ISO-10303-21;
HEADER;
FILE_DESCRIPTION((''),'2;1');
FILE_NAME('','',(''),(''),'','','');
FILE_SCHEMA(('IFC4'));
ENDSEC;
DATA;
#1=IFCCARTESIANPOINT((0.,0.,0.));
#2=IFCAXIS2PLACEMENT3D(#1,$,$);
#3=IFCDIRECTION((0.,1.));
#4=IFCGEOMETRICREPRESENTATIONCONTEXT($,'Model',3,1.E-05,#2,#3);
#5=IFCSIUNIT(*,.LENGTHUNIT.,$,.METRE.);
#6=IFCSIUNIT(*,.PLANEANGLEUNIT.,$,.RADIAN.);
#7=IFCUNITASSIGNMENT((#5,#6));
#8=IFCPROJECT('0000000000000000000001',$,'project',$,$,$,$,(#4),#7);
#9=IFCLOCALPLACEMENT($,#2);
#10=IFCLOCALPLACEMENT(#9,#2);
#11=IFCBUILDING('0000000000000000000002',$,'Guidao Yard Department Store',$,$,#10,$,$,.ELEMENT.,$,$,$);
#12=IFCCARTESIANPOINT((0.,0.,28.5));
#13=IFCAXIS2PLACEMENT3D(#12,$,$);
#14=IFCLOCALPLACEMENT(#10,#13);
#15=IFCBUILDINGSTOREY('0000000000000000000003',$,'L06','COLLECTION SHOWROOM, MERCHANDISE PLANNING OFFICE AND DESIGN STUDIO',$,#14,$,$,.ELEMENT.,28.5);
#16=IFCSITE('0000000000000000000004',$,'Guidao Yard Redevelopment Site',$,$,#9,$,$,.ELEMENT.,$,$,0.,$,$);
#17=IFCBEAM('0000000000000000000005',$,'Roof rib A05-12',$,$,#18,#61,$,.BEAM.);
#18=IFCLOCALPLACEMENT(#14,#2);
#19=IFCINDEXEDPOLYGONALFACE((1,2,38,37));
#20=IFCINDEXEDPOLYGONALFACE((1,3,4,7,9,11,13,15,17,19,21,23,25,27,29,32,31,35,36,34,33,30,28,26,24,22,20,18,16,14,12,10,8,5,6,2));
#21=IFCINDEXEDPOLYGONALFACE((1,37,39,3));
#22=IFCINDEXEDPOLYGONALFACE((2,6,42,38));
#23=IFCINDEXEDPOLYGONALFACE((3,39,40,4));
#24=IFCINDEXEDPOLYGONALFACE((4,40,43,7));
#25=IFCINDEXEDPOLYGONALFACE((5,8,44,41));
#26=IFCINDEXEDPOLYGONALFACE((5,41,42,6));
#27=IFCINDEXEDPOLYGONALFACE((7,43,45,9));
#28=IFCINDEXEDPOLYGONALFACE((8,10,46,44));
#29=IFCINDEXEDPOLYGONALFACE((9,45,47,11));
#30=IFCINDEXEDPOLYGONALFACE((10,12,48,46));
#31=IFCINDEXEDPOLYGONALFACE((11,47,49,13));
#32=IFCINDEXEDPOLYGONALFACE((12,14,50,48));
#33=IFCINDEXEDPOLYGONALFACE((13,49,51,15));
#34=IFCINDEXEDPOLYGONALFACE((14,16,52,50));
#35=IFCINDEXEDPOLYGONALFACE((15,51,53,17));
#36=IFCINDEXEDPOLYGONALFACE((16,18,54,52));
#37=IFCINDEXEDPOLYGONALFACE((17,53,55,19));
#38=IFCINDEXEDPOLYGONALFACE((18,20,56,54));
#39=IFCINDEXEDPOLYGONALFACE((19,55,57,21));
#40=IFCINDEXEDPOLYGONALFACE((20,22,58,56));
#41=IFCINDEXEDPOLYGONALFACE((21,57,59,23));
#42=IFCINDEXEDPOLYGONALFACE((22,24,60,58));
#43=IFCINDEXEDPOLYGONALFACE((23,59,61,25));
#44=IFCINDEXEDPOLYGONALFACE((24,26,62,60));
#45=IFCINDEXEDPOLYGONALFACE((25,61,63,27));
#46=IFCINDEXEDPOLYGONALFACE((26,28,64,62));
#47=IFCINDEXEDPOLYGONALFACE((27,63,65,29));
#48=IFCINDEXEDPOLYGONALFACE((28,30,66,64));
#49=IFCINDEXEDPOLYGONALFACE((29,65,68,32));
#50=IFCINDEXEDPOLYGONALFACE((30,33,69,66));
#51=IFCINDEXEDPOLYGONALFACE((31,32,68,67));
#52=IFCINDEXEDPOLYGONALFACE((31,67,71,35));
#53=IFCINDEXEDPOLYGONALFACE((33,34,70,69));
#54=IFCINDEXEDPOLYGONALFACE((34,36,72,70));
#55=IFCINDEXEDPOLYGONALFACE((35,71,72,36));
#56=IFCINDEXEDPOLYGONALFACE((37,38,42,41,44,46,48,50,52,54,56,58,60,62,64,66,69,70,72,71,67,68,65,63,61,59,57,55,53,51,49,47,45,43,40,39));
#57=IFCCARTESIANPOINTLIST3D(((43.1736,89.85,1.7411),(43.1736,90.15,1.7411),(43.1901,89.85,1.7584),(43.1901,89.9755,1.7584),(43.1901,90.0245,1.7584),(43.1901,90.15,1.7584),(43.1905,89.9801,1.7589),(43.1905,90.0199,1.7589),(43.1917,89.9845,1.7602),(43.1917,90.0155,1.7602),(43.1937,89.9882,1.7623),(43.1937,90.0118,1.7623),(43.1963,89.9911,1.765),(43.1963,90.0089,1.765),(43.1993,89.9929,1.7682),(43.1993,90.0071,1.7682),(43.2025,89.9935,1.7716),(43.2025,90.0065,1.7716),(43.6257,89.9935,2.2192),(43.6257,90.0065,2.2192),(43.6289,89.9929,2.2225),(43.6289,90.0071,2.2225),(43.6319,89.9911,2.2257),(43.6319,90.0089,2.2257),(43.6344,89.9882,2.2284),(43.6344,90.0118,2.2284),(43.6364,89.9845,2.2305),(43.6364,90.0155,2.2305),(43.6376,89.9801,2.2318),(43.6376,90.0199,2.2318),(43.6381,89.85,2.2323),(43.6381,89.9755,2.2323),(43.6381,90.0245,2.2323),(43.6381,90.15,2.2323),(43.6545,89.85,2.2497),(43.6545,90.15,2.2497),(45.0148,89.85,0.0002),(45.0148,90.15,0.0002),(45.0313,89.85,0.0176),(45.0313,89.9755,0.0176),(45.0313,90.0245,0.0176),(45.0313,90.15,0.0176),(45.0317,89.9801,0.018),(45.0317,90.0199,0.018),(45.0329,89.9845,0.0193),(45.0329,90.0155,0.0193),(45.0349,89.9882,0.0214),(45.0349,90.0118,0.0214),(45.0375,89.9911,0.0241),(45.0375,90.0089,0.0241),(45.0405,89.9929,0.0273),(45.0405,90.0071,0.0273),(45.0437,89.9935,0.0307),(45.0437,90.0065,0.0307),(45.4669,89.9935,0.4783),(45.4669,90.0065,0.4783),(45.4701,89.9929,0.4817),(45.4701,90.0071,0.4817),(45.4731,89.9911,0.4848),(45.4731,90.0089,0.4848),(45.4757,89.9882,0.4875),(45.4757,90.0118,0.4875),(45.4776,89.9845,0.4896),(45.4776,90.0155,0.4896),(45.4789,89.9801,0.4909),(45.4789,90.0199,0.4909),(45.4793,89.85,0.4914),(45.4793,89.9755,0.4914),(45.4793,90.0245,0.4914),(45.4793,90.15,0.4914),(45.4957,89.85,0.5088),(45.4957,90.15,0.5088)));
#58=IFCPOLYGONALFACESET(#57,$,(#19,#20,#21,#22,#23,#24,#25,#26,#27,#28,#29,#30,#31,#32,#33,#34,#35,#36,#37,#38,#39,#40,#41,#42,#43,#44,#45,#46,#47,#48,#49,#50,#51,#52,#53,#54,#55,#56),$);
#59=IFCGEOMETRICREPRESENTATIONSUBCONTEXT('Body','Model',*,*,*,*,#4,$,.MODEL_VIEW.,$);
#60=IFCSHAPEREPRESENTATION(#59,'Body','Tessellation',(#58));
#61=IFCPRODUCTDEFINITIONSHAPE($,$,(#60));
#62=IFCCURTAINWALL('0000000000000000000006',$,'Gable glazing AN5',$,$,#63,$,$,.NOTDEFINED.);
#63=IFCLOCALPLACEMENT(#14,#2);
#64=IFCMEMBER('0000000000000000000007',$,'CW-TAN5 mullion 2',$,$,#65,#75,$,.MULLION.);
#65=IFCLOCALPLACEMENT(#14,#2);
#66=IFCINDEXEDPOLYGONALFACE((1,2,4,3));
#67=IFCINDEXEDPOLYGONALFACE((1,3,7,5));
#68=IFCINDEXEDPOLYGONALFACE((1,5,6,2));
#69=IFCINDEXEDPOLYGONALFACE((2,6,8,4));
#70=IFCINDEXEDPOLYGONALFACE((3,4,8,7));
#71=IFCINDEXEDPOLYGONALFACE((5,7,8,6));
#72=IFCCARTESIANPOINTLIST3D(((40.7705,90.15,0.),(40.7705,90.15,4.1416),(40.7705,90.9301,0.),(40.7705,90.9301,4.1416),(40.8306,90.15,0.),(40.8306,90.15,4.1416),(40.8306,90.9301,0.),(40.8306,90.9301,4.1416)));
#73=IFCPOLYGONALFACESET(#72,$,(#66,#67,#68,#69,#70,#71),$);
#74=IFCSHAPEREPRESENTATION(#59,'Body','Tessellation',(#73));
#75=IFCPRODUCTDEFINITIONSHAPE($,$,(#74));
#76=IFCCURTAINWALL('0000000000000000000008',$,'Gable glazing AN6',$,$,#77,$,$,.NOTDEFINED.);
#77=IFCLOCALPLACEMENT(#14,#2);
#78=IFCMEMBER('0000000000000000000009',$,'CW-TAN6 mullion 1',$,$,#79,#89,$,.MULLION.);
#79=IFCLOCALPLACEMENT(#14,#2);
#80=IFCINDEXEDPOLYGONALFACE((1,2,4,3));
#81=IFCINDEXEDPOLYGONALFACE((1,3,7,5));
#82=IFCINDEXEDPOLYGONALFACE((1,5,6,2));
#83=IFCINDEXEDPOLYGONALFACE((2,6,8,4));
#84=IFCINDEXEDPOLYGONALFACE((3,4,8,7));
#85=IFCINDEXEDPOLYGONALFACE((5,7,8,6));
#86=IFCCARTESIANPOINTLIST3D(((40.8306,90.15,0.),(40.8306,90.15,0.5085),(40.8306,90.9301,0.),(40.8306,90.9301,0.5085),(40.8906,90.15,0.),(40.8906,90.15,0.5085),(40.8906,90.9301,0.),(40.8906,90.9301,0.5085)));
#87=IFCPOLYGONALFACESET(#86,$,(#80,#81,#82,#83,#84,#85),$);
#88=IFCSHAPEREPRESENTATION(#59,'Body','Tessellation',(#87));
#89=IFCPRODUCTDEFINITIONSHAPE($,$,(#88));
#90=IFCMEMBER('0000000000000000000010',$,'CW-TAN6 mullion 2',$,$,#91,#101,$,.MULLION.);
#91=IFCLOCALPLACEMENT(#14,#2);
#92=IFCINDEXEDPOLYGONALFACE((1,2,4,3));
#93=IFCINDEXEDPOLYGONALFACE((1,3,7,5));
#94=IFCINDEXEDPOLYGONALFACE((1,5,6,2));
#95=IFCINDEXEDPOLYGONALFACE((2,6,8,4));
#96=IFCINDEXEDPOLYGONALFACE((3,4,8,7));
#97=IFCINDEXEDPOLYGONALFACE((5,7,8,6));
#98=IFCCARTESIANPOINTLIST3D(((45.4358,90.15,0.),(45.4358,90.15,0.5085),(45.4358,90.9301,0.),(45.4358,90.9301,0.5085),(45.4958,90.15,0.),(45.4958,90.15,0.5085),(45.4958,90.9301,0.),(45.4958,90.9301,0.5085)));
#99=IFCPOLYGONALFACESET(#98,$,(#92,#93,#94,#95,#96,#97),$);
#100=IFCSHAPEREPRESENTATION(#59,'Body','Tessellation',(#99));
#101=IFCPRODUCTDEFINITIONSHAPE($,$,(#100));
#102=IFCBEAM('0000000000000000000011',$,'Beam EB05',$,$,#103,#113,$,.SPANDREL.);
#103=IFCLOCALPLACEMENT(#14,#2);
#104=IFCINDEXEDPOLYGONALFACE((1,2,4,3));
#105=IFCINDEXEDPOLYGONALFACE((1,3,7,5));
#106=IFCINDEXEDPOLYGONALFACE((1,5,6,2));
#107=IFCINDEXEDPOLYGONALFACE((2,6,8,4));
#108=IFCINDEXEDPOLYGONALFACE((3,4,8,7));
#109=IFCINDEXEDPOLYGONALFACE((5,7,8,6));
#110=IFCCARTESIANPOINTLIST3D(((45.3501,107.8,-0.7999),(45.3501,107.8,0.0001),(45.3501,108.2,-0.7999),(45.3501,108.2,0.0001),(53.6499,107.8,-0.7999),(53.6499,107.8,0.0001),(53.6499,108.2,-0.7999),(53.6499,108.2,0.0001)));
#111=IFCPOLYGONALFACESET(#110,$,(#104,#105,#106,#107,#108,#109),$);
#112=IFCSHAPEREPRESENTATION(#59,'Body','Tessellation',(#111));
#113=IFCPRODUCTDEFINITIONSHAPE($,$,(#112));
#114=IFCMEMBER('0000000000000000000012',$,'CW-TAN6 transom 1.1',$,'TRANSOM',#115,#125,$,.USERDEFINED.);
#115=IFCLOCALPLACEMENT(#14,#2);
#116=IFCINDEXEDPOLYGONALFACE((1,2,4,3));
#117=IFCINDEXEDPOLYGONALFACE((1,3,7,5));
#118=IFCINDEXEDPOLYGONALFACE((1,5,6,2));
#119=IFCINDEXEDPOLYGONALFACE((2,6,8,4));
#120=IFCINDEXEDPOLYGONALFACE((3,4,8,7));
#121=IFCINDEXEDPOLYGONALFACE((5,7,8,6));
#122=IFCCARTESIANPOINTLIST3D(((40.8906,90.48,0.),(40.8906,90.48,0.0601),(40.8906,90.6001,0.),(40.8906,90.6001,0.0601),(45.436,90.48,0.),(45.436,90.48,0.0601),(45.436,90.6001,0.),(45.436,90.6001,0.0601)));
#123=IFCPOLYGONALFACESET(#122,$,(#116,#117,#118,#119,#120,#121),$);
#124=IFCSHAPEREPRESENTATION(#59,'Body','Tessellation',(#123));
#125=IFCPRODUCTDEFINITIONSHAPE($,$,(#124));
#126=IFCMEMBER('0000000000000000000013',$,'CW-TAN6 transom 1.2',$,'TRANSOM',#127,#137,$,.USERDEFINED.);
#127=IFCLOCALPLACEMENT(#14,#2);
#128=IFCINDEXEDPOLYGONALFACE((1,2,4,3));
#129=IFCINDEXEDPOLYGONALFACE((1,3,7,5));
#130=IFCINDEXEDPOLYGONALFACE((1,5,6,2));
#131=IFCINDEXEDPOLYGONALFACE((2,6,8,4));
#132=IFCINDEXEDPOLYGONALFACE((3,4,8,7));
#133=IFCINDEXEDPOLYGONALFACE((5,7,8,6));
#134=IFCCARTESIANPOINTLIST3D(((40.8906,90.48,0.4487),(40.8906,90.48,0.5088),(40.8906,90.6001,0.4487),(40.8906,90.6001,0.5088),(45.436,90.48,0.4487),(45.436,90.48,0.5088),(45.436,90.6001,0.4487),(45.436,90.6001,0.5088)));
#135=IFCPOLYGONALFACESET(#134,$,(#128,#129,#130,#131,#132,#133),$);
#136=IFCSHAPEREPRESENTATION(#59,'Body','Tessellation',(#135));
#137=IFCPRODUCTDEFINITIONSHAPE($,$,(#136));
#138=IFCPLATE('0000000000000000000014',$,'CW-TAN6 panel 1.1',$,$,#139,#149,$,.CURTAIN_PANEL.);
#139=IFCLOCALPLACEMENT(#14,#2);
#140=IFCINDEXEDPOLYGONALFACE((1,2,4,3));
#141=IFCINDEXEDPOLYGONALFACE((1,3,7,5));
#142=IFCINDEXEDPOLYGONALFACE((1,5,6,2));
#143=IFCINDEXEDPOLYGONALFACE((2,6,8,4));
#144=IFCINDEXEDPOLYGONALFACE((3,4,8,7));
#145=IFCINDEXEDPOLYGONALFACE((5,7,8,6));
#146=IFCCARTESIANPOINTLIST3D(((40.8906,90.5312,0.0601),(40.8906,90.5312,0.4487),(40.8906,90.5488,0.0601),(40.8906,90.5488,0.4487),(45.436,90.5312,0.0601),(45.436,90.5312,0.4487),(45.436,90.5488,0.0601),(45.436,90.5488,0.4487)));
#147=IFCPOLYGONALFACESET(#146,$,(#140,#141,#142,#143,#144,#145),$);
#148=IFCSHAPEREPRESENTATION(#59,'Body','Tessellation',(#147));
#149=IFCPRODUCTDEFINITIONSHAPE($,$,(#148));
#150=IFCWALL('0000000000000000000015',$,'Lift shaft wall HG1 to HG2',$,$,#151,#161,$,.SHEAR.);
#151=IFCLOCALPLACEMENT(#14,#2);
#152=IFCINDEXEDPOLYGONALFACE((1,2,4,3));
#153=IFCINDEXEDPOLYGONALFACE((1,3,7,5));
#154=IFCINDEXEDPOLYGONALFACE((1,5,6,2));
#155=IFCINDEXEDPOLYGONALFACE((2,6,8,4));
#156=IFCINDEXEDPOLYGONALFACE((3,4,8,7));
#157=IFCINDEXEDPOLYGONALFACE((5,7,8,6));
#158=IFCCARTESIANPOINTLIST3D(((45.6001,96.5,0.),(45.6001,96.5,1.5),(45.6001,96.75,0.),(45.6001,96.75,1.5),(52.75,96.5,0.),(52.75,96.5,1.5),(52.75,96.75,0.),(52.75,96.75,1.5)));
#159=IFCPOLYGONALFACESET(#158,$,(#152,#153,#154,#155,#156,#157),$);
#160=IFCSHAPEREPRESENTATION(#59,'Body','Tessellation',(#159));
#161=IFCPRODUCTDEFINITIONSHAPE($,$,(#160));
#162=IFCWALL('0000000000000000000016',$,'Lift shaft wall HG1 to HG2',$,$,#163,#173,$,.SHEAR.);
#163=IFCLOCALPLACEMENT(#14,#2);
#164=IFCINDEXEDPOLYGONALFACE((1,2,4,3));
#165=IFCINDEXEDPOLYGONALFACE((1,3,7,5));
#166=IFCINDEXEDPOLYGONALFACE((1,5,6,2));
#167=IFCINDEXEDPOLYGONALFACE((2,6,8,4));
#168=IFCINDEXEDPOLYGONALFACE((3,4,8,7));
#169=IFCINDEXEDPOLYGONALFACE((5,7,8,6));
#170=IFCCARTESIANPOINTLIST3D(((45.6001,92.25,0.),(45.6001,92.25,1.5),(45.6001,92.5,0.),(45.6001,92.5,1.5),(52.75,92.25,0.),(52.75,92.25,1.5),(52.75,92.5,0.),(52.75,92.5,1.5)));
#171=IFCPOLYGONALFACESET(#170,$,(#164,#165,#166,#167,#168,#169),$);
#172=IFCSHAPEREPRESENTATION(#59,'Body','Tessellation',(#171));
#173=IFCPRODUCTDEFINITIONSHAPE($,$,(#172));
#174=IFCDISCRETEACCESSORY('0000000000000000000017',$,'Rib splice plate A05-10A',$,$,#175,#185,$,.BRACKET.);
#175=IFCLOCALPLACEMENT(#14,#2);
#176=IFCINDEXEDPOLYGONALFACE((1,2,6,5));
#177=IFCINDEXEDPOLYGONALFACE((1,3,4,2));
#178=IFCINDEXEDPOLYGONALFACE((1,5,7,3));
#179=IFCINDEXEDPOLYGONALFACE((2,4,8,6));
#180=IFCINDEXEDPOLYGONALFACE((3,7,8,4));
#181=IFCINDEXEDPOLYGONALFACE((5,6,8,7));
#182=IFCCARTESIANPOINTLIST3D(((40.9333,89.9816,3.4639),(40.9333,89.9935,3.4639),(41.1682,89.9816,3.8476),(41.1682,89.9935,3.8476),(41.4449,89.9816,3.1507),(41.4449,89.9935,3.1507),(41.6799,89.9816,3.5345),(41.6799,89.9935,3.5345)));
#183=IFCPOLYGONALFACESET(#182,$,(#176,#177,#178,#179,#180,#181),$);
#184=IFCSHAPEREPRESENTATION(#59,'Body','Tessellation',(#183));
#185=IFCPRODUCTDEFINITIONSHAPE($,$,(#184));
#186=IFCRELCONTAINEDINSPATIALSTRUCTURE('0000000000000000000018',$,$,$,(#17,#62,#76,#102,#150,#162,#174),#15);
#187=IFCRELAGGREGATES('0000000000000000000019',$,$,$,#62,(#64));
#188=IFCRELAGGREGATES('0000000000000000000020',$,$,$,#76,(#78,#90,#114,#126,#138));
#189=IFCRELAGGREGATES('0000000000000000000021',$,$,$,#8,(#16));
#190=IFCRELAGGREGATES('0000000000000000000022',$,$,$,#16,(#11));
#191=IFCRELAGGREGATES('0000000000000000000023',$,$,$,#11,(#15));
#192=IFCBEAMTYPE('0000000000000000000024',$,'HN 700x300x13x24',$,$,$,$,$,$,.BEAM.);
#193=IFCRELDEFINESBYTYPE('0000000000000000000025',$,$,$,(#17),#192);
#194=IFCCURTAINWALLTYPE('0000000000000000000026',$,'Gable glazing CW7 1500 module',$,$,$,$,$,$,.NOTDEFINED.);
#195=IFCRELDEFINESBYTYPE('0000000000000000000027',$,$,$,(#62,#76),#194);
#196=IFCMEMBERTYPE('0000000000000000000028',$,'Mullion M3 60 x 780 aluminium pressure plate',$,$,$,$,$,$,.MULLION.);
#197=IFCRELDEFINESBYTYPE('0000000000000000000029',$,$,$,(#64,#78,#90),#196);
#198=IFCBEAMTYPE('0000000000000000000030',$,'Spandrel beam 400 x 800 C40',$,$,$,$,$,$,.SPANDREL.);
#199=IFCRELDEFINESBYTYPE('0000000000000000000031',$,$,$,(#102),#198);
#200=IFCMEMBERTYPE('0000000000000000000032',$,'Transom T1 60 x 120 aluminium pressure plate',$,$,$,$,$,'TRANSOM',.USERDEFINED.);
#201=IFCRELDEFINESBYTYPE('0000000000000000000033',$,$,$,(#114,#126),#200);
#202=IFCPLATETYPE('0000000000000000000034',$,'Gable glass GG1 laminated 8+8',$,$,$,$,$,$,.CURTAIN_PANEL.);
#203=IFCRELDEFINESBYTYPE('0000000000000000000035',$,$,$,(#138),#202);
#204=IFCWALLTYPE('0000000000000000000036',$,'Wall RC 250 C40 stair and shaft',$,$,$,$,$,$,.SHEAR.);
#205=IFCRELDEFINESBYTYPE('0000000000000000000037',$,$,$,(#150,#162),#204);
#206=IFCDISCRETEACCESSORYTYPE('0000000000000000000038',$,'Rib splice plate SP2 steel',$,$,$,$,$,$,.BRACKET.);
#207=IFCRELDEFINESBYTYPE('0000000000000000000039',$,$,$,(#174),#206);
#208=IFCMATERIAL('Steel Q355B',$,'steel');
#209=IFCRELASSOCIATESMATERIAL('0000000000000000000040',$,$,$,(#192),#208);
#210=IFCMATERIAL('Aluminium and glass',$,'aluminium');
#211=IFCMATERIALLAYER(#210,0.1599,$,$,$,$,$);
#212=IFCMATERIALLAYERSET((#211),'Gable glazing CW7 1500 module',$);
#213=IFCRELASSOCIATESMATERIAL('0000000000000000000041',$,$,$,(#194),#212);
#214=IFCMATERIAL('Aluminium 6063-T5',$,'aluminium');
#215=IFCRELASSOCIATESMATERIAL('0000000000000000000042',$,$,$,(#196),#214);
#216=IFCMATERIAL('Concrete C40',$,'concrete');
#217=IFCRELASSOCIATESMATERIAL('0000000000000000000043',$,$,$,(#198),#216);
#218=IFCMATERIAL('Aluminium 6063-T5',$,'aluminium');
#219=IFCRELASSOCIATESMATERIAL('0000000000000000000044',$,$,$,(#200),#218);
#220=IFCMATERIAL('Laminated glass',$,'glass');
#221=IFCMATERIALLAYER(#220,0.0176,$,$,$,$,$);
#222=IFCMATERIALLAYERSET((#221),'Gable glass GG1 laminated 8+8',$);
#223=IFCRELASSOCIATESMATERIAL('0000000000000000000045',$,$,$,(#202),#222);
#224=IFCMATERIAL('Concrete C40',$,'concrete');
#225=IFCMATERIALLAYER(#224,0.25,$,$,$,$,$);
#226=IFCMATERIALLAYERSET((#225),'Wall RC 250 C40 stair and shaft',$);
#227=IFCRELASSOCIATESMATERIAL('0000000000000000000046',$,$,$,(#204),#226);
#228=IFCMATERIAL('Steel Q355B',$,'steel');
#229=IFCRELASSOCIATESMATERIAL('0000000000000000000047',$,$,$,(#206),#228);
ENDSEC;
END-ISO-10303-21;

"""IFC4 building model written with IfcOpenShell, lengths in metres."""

from ifc_helpers import new_model, si_unit, direction, frame, frame_2d, origin, origin_2d, place, context, subcontext, project, spatial, rectangle, i_section, extrude, material, layer, layer_set, material_profile, profile_set, type_object, element, aggregate, save


model = new_model("IFC4")

# Units and contexts
model_context = context("Model", 3, precision=1e-05, world=origin(), true_north=direction((0.0, 1.0)))
body_context = subcontext(model_context, "Body", "Model", "MODEL_VIEW")
ifc_project = project(units=[si_unit("LENGTHUNIT", "METRE"), si_unit("PLANEANGLEUNIT", "RADIAN")], contexts=[model_context])

# Site, building, storey
site_placement = place(None, origin())
site = spatial("IfcSite", under=ifc_project, at=site_placement, Name="Guidao Yard Redevelopment Site", CompositionType="ELEMENT", RefElevation=0.0)
building_placement = place(site_placement, origin())
building = spatial("IfcBuilding", under=site, at=building_placement, Name="Guidao Yard Department Store", CompositionType="ELEMENT")
storey_placement = place(building_placement, frame((0.0, 0.0, 28.5)))
storey = spatial("IfcBuildingStorey", under=building, at=storey_placement, Name="L06", Description="COLLECTION SHOWROOM, MERCHANDISE PLANNING OFFICE AND DESIGN STUDIO", CompositionType="ELEMENT", Elevation=28.5)

# Beam
ifc_material_1 = material(Name="Steel Q355B", Category="steel")
ifc_material_profile_1 = material_profile(ifc_material_1, i_section(OverallWidth=0.3, OverallDepth=0.7, WebThickness=0.0129, FlangeThickness=0.0239, FilletRadius=0.0181, at=origin_2d()), Name="HN 700x300x13x24")
ifc_profile_set_1 = profile_set([ifc_material_profile_1], Name="Steel Q355B")
beam_type_1 = type_object("IfcBeamType", Name="HN 700x300x13x24", PredefinedType="BEAM", material=ifc_profile_set_1)
beam_1_placement = place(storey_placement, frame((43.4141, 90.0, 1.9954), z_axis=(0.726628, 0.0, -0.687031), x_axis=(0.0, 1.0, 0.0)))
element("IfcBeam", 1, at=beam_1_placement, inside=storey, type_object=beam_type_1, Name="Roof rib A05-12", PredefinedType="BEAM", context=body_context, shape_type="SweptSolid", body=[
    extrude(i_section(OverallWidth=0.3, OverallDepth=0.7, WebThickness=0.0129, FlangeThickness=0.0239, FilletRadius=0.0181, at=origin_2d()), origin(), (0.0, 0.0, 1.0), 2.5339),
])

# Curtain wall, member
ifc_material_2 = material(Name="Aluminium and glass", Category="aluminium")
ifc_layer_1 = layer(ifc_material_2, 0.1599)
ifc_layer_set_1 = layer_set([ifc_layer_1], Name="Gable glazing CW7 1500 module")
curtain_wall_type = type_object("IfcCurtainWallType", Name="Gable glazing CW7 1500 module", PredefinedType="NOTDEFINED", material=ifc_layer_set_1)
curtain_wall_1_placement = place(storey_placement, origin())
curtain_wall_1 = element("IfcCurtainWall", 2, at=curtain_wall_1_placement, inside=storey, type_object=curtain_wall_type, Name="Gable glazing AN5", PredefinedType="NOTDEFINED")
ifc_material_3 = material(Name="Aluminium 6063-T5", Category="aluminium")
ifc_material_profile_2 = material_profile(ifc_material_3, rectangle(XDim=0.0601, YDim=0.78, at=origin_2d()), Name="Mullion M3 60 x 780 aluminium pressure plate")
ifc_profile_set_2 = profile_set([ifc_material_profile_2], Name="Aluminium 6063-T5")
member_type_1 = type_object("IfcMemberType", Name="Mullion M3 60 x 780 aluminium pressure plate", PredefinedType="MULLION", material=ifc_profile_set_2)
member_1_placement = place(storey_placement, frame((40.8005, 90.54, 0.0), z_axis=(0.0, 0.0, 1.0), x_axis=(1.0, 0.0, 0.0)))
member_1 = element("IfcMember", 3, at=member_1_placement, type_object=member_type_1, Name="CW-TAN5 mullion 2", PredefinedType="MULLION", context=body_context, shape_type="SweptSolid", body=[
    extrude(rectangle(XDim=0.0601, YDim=0.78, at=origin_2d()), origin(), (0.0, 0.0, 1.0), 4.1416),
])
aggregate(curtain_wall_1, [member_1])

# Curtain wall, members
curtain_wall_2_placement = place(storey_placement, origin())
curtain_wall_2 = element("IfcCurtainWall", 4, at=curtain_wall_2_placement, inside=storey, type_object=curtain_wall_type, Name="Gable glazing AN6", PredefinedType="NOTDEFINED")
member_2_placement = place(storey_placement, frame((40.8606, 90.54, 0.0), z_axis=(0.0, 0.0, 1.0), x_axis=(1.0, 0.0, 0.0)))
member_2 = element("IfcMember", 5, at=member_2_placement, type_object=member_type_1, Name="CW-TAN6 mullion 1", PredefinedType="MULLION", context=body_context, shape_type="SweptSolid", body=[
    extrude(rectangle(XDim=0.0601, YDim=0.78, at=origin_2d()), origin(), (0.0, 0.0, 1.0), 0.5085),
])
member_3_placement = place(storey_placement, frame((45.4658, 90.54, 0.0), z_axis=(0.0, 0.0, 1.0), x_axis=(1.0, 0.0, 0.0)))
member_3 = element("IfcMember", 6, at=member_3_placement, type_object=member_type_1, Name="CW-TAN6 mullion 2", PredefinedType="MULLION", context=body_context, shape_type="SweptSolid", body=[
    extrude(rectangle(XDim=0.0601, YDim=0.78, at=origin_2d()), origin(), (0.0, 0.0, 1.0), 0.5085),
])

# Beam
ifc_material_4 = material(Name="Concrete C40", Category="concrete")
ifc_material_profile_3 = material_profile(ifc_material_4, rectangle(XDim=0.3999, YDim=0.8, at=origin_2d()), Name="Spandrel beam 400 x 800 C40")
ifc_profile_set_3 = profile_set([ifc_material_profile_3], Name="Concrete C40")
beam_type_2 = type_object("IfcBeamType", Name="Spandrel beam 400 x 800 C40", PredefinedType="SPANDREL", material=ifc_profile_set_3)
beam_2_placement = place(storey_placement, frame((45.3501, 108.0, -0.3999), z_axis=(1.0, 0.0, 0.0), x_axis=(0.0, 1.0, 0.0)))
element("IfcBeam", 7, at=beam_2_placement, inside=storey, type_object=beam_type_2, Name="Beam EB05", PredefinedType="SPANDREL", context=body_context, shape_type="SweptSolid", body=[
    extrude(rectangle(XDim=0.3999, YDim=0.8, at=origin_2d()), origin(), (0.0, 0.0, 1.0), 8.2998),
])

# Members
ifc_material_5 = material(Name="Aluminium 6063-T5", Category="aluminium")
ifc_material_profile_4 = material_profile(ifc_material_5, rectangle(XDim=0.1201, YDim=0.0601, at=origin_2d()), Name="Transom T1 60 x 120 aluminium pressure plate")
ifc_profile_set_4 = profile_set([ifc_material_profile_4], Name="Aluminium 6063-T5")
member_type_2 = type_object("IfcMemberType", Name="Transom T1 60 x 120 aluminium pressure plate", ElementType="TRANSOM", PredefinedType="USERDEFINED", material=ifc_profile_set_4)
member_4_placement = place(storey_placement, frame((40.8906, 90.54, 0.03), z_axis=(1.0, 0.0, 0.0), x_axis=(0.0, 1.0, 0.0)))
member_4 = element("IfcMember", 8, at=member_4_placement, type_object=member_type_2, Name="CW-TAN6 transom 1.1", ObjectType="TRANSOM", PredefinedType="USERDEFINED", context=body_context, shape_type="SweptSolid", body=[
    extrude(rectangle(XDim=0.1201, YDim=0.0601, at=origin_2d()), origin(), (0.0, 0.0, 1.0), 4.5454),
])
member_5_placement = place(storey_placement, frame((40.8906, 90.54, 0.4788), z_axis=(1.0, 0.0, 0.0), x_axis=(0.0, 1.0, 0.0)))
member_5 = element("IfcMember", 9, at=member_5_placement, type_object=member_type_2, Name="CW-TAN6 transom 1.2", ObjectType="TRANSOM", PredefinedType="USERDEFINED", context=body_context, shape_type="SweptSolid", body=[
    extrude(rectangle(XDim=0.1201, YDim=0.0601, at=origin_2d()), origin(), (0.0, 0.0, 1.0), 4.5454),
])

# Plate
ifc_material_6 = material(Name="Laminated glass", Category="glass")
ifc_layer_2 = layer(ifc_material_6, 0.0176)
ifc_layer_set_2 = layer_set([ifc_layer_2], Name="Gable glass GG1 laminated 8+8")
plate_type = type_object("IfcPlateType", Name="Gable glass GG1 laminated 8+8", PredefinedType="CURTAIN_PANEL", material=ifc_layer_set_2)
plate_placement = place(storey_placement, frame((43.1633, 90.54, 0.0601), z_axis=(0.0, 0.0, 1.0), x_axis=(1.0, 0.0, 0.0)))
plate = element("IfcPlate", 10, at=plate_placement, type_object=plate_type, Name="CW-TAN6 panel 1.1", PredefinedType="CURTAIN_PANEL", context=body_context, shape_type="SweptSolid", body=[
    extrude(rectangle(XDim=4.5454, YDim=0.0176, at=origin_2d()), origin(), (0.0, 0.0, 1.0), 0.3887),
])
aggregate(curtain_wall_2, [member_2, member_3, member_4, member_5, plate])

# Walls
ifc_material_7 = material(Name="Concrete C40", Category="concrete")
ifc_layer_3 = layer(ifc_material_7, 0.25)
ifc_layer_set_3 = layer_set([ifc_layer_3], Name="Wall RC 250 C40 stair and shaft")
wall_type = type_object("IfcWallType", Name="Wall RC 250 C40 stair and shaft", PredefinedType="SHEAR", material=ifc_layer_set_3)
for number, where, z_axis, x_axis, name in (
    (11, (45.6001, 96.625, 0.0), (0.0, 0.0, 1.0), (1.0, 0.0, 0.0), "Lift shaft wall HG1 to HG2"),
    (12, (45.6001, 92.375, 0.0), (0.0, 0.0, 1.0), (1.0, 0.0, 0.0), "Lift shaft wall HG1 to HG2"),
):
    element("IfcWall", number, at=place(storey_placement, frame(where, z_axis=z_axis, x_axis=x_axis)), inside=storey, type_object=wall_type, Name=name, PredefinedType="SHEAR", context=body_context, shape_type="SweptSolid", body=[
        extrude(rectangle(XDim=7.1499, YDim=0.25, at=frame_2d((3.575, 0.0))), origin(), (0.0, 0.0, 1.0), 1.5),
    ])

# Discrete accessory
ifc_material_8 = material(Name="Steel Q355B", Category="steel")
ifc_material_profile_5 = material_profile(ifc_material_8, rectangle(XDim=0.012, YDim=0.45, at=origin_2d()), Name="Splice plate 450x12")
ifc_profile_set_5 = profile_set([ifc_material_profile_5], Name="Steel Q355B")
discrete_accessory_type_1 = type_object("IfcDiscreteAccessoryType", Name="Rib splice plate SP2 steel", PredefinedType="BRACKET", material=ifc_profile_set_5)
for number, where, z_axis, x_axis, name in (
    (13, (41.0508, 89.9875, 3.6558), (0.852899, 0.0, -0.522075), (0.0, 1.0, 0.0), "Rib splice plate A05-10A"),
):
    element("IfcDiscreteAccessory", number, at=place(storey_placement, frame(where, z_axis=z_axis, x_axis=x_axis)), inside=storey, type_object=discrete_accessory_type_1, Name=name, PredefinedType="BRACKET", context=body_context, shape_type="SweptSolid", body=[
        extrude(rectangle(XDim=0.012, YDim=0.45, at=origin_2d()), origin(), (0.0, 0.0, 1.0), 0.5999),
    ])

save(model, "model.ifc")
